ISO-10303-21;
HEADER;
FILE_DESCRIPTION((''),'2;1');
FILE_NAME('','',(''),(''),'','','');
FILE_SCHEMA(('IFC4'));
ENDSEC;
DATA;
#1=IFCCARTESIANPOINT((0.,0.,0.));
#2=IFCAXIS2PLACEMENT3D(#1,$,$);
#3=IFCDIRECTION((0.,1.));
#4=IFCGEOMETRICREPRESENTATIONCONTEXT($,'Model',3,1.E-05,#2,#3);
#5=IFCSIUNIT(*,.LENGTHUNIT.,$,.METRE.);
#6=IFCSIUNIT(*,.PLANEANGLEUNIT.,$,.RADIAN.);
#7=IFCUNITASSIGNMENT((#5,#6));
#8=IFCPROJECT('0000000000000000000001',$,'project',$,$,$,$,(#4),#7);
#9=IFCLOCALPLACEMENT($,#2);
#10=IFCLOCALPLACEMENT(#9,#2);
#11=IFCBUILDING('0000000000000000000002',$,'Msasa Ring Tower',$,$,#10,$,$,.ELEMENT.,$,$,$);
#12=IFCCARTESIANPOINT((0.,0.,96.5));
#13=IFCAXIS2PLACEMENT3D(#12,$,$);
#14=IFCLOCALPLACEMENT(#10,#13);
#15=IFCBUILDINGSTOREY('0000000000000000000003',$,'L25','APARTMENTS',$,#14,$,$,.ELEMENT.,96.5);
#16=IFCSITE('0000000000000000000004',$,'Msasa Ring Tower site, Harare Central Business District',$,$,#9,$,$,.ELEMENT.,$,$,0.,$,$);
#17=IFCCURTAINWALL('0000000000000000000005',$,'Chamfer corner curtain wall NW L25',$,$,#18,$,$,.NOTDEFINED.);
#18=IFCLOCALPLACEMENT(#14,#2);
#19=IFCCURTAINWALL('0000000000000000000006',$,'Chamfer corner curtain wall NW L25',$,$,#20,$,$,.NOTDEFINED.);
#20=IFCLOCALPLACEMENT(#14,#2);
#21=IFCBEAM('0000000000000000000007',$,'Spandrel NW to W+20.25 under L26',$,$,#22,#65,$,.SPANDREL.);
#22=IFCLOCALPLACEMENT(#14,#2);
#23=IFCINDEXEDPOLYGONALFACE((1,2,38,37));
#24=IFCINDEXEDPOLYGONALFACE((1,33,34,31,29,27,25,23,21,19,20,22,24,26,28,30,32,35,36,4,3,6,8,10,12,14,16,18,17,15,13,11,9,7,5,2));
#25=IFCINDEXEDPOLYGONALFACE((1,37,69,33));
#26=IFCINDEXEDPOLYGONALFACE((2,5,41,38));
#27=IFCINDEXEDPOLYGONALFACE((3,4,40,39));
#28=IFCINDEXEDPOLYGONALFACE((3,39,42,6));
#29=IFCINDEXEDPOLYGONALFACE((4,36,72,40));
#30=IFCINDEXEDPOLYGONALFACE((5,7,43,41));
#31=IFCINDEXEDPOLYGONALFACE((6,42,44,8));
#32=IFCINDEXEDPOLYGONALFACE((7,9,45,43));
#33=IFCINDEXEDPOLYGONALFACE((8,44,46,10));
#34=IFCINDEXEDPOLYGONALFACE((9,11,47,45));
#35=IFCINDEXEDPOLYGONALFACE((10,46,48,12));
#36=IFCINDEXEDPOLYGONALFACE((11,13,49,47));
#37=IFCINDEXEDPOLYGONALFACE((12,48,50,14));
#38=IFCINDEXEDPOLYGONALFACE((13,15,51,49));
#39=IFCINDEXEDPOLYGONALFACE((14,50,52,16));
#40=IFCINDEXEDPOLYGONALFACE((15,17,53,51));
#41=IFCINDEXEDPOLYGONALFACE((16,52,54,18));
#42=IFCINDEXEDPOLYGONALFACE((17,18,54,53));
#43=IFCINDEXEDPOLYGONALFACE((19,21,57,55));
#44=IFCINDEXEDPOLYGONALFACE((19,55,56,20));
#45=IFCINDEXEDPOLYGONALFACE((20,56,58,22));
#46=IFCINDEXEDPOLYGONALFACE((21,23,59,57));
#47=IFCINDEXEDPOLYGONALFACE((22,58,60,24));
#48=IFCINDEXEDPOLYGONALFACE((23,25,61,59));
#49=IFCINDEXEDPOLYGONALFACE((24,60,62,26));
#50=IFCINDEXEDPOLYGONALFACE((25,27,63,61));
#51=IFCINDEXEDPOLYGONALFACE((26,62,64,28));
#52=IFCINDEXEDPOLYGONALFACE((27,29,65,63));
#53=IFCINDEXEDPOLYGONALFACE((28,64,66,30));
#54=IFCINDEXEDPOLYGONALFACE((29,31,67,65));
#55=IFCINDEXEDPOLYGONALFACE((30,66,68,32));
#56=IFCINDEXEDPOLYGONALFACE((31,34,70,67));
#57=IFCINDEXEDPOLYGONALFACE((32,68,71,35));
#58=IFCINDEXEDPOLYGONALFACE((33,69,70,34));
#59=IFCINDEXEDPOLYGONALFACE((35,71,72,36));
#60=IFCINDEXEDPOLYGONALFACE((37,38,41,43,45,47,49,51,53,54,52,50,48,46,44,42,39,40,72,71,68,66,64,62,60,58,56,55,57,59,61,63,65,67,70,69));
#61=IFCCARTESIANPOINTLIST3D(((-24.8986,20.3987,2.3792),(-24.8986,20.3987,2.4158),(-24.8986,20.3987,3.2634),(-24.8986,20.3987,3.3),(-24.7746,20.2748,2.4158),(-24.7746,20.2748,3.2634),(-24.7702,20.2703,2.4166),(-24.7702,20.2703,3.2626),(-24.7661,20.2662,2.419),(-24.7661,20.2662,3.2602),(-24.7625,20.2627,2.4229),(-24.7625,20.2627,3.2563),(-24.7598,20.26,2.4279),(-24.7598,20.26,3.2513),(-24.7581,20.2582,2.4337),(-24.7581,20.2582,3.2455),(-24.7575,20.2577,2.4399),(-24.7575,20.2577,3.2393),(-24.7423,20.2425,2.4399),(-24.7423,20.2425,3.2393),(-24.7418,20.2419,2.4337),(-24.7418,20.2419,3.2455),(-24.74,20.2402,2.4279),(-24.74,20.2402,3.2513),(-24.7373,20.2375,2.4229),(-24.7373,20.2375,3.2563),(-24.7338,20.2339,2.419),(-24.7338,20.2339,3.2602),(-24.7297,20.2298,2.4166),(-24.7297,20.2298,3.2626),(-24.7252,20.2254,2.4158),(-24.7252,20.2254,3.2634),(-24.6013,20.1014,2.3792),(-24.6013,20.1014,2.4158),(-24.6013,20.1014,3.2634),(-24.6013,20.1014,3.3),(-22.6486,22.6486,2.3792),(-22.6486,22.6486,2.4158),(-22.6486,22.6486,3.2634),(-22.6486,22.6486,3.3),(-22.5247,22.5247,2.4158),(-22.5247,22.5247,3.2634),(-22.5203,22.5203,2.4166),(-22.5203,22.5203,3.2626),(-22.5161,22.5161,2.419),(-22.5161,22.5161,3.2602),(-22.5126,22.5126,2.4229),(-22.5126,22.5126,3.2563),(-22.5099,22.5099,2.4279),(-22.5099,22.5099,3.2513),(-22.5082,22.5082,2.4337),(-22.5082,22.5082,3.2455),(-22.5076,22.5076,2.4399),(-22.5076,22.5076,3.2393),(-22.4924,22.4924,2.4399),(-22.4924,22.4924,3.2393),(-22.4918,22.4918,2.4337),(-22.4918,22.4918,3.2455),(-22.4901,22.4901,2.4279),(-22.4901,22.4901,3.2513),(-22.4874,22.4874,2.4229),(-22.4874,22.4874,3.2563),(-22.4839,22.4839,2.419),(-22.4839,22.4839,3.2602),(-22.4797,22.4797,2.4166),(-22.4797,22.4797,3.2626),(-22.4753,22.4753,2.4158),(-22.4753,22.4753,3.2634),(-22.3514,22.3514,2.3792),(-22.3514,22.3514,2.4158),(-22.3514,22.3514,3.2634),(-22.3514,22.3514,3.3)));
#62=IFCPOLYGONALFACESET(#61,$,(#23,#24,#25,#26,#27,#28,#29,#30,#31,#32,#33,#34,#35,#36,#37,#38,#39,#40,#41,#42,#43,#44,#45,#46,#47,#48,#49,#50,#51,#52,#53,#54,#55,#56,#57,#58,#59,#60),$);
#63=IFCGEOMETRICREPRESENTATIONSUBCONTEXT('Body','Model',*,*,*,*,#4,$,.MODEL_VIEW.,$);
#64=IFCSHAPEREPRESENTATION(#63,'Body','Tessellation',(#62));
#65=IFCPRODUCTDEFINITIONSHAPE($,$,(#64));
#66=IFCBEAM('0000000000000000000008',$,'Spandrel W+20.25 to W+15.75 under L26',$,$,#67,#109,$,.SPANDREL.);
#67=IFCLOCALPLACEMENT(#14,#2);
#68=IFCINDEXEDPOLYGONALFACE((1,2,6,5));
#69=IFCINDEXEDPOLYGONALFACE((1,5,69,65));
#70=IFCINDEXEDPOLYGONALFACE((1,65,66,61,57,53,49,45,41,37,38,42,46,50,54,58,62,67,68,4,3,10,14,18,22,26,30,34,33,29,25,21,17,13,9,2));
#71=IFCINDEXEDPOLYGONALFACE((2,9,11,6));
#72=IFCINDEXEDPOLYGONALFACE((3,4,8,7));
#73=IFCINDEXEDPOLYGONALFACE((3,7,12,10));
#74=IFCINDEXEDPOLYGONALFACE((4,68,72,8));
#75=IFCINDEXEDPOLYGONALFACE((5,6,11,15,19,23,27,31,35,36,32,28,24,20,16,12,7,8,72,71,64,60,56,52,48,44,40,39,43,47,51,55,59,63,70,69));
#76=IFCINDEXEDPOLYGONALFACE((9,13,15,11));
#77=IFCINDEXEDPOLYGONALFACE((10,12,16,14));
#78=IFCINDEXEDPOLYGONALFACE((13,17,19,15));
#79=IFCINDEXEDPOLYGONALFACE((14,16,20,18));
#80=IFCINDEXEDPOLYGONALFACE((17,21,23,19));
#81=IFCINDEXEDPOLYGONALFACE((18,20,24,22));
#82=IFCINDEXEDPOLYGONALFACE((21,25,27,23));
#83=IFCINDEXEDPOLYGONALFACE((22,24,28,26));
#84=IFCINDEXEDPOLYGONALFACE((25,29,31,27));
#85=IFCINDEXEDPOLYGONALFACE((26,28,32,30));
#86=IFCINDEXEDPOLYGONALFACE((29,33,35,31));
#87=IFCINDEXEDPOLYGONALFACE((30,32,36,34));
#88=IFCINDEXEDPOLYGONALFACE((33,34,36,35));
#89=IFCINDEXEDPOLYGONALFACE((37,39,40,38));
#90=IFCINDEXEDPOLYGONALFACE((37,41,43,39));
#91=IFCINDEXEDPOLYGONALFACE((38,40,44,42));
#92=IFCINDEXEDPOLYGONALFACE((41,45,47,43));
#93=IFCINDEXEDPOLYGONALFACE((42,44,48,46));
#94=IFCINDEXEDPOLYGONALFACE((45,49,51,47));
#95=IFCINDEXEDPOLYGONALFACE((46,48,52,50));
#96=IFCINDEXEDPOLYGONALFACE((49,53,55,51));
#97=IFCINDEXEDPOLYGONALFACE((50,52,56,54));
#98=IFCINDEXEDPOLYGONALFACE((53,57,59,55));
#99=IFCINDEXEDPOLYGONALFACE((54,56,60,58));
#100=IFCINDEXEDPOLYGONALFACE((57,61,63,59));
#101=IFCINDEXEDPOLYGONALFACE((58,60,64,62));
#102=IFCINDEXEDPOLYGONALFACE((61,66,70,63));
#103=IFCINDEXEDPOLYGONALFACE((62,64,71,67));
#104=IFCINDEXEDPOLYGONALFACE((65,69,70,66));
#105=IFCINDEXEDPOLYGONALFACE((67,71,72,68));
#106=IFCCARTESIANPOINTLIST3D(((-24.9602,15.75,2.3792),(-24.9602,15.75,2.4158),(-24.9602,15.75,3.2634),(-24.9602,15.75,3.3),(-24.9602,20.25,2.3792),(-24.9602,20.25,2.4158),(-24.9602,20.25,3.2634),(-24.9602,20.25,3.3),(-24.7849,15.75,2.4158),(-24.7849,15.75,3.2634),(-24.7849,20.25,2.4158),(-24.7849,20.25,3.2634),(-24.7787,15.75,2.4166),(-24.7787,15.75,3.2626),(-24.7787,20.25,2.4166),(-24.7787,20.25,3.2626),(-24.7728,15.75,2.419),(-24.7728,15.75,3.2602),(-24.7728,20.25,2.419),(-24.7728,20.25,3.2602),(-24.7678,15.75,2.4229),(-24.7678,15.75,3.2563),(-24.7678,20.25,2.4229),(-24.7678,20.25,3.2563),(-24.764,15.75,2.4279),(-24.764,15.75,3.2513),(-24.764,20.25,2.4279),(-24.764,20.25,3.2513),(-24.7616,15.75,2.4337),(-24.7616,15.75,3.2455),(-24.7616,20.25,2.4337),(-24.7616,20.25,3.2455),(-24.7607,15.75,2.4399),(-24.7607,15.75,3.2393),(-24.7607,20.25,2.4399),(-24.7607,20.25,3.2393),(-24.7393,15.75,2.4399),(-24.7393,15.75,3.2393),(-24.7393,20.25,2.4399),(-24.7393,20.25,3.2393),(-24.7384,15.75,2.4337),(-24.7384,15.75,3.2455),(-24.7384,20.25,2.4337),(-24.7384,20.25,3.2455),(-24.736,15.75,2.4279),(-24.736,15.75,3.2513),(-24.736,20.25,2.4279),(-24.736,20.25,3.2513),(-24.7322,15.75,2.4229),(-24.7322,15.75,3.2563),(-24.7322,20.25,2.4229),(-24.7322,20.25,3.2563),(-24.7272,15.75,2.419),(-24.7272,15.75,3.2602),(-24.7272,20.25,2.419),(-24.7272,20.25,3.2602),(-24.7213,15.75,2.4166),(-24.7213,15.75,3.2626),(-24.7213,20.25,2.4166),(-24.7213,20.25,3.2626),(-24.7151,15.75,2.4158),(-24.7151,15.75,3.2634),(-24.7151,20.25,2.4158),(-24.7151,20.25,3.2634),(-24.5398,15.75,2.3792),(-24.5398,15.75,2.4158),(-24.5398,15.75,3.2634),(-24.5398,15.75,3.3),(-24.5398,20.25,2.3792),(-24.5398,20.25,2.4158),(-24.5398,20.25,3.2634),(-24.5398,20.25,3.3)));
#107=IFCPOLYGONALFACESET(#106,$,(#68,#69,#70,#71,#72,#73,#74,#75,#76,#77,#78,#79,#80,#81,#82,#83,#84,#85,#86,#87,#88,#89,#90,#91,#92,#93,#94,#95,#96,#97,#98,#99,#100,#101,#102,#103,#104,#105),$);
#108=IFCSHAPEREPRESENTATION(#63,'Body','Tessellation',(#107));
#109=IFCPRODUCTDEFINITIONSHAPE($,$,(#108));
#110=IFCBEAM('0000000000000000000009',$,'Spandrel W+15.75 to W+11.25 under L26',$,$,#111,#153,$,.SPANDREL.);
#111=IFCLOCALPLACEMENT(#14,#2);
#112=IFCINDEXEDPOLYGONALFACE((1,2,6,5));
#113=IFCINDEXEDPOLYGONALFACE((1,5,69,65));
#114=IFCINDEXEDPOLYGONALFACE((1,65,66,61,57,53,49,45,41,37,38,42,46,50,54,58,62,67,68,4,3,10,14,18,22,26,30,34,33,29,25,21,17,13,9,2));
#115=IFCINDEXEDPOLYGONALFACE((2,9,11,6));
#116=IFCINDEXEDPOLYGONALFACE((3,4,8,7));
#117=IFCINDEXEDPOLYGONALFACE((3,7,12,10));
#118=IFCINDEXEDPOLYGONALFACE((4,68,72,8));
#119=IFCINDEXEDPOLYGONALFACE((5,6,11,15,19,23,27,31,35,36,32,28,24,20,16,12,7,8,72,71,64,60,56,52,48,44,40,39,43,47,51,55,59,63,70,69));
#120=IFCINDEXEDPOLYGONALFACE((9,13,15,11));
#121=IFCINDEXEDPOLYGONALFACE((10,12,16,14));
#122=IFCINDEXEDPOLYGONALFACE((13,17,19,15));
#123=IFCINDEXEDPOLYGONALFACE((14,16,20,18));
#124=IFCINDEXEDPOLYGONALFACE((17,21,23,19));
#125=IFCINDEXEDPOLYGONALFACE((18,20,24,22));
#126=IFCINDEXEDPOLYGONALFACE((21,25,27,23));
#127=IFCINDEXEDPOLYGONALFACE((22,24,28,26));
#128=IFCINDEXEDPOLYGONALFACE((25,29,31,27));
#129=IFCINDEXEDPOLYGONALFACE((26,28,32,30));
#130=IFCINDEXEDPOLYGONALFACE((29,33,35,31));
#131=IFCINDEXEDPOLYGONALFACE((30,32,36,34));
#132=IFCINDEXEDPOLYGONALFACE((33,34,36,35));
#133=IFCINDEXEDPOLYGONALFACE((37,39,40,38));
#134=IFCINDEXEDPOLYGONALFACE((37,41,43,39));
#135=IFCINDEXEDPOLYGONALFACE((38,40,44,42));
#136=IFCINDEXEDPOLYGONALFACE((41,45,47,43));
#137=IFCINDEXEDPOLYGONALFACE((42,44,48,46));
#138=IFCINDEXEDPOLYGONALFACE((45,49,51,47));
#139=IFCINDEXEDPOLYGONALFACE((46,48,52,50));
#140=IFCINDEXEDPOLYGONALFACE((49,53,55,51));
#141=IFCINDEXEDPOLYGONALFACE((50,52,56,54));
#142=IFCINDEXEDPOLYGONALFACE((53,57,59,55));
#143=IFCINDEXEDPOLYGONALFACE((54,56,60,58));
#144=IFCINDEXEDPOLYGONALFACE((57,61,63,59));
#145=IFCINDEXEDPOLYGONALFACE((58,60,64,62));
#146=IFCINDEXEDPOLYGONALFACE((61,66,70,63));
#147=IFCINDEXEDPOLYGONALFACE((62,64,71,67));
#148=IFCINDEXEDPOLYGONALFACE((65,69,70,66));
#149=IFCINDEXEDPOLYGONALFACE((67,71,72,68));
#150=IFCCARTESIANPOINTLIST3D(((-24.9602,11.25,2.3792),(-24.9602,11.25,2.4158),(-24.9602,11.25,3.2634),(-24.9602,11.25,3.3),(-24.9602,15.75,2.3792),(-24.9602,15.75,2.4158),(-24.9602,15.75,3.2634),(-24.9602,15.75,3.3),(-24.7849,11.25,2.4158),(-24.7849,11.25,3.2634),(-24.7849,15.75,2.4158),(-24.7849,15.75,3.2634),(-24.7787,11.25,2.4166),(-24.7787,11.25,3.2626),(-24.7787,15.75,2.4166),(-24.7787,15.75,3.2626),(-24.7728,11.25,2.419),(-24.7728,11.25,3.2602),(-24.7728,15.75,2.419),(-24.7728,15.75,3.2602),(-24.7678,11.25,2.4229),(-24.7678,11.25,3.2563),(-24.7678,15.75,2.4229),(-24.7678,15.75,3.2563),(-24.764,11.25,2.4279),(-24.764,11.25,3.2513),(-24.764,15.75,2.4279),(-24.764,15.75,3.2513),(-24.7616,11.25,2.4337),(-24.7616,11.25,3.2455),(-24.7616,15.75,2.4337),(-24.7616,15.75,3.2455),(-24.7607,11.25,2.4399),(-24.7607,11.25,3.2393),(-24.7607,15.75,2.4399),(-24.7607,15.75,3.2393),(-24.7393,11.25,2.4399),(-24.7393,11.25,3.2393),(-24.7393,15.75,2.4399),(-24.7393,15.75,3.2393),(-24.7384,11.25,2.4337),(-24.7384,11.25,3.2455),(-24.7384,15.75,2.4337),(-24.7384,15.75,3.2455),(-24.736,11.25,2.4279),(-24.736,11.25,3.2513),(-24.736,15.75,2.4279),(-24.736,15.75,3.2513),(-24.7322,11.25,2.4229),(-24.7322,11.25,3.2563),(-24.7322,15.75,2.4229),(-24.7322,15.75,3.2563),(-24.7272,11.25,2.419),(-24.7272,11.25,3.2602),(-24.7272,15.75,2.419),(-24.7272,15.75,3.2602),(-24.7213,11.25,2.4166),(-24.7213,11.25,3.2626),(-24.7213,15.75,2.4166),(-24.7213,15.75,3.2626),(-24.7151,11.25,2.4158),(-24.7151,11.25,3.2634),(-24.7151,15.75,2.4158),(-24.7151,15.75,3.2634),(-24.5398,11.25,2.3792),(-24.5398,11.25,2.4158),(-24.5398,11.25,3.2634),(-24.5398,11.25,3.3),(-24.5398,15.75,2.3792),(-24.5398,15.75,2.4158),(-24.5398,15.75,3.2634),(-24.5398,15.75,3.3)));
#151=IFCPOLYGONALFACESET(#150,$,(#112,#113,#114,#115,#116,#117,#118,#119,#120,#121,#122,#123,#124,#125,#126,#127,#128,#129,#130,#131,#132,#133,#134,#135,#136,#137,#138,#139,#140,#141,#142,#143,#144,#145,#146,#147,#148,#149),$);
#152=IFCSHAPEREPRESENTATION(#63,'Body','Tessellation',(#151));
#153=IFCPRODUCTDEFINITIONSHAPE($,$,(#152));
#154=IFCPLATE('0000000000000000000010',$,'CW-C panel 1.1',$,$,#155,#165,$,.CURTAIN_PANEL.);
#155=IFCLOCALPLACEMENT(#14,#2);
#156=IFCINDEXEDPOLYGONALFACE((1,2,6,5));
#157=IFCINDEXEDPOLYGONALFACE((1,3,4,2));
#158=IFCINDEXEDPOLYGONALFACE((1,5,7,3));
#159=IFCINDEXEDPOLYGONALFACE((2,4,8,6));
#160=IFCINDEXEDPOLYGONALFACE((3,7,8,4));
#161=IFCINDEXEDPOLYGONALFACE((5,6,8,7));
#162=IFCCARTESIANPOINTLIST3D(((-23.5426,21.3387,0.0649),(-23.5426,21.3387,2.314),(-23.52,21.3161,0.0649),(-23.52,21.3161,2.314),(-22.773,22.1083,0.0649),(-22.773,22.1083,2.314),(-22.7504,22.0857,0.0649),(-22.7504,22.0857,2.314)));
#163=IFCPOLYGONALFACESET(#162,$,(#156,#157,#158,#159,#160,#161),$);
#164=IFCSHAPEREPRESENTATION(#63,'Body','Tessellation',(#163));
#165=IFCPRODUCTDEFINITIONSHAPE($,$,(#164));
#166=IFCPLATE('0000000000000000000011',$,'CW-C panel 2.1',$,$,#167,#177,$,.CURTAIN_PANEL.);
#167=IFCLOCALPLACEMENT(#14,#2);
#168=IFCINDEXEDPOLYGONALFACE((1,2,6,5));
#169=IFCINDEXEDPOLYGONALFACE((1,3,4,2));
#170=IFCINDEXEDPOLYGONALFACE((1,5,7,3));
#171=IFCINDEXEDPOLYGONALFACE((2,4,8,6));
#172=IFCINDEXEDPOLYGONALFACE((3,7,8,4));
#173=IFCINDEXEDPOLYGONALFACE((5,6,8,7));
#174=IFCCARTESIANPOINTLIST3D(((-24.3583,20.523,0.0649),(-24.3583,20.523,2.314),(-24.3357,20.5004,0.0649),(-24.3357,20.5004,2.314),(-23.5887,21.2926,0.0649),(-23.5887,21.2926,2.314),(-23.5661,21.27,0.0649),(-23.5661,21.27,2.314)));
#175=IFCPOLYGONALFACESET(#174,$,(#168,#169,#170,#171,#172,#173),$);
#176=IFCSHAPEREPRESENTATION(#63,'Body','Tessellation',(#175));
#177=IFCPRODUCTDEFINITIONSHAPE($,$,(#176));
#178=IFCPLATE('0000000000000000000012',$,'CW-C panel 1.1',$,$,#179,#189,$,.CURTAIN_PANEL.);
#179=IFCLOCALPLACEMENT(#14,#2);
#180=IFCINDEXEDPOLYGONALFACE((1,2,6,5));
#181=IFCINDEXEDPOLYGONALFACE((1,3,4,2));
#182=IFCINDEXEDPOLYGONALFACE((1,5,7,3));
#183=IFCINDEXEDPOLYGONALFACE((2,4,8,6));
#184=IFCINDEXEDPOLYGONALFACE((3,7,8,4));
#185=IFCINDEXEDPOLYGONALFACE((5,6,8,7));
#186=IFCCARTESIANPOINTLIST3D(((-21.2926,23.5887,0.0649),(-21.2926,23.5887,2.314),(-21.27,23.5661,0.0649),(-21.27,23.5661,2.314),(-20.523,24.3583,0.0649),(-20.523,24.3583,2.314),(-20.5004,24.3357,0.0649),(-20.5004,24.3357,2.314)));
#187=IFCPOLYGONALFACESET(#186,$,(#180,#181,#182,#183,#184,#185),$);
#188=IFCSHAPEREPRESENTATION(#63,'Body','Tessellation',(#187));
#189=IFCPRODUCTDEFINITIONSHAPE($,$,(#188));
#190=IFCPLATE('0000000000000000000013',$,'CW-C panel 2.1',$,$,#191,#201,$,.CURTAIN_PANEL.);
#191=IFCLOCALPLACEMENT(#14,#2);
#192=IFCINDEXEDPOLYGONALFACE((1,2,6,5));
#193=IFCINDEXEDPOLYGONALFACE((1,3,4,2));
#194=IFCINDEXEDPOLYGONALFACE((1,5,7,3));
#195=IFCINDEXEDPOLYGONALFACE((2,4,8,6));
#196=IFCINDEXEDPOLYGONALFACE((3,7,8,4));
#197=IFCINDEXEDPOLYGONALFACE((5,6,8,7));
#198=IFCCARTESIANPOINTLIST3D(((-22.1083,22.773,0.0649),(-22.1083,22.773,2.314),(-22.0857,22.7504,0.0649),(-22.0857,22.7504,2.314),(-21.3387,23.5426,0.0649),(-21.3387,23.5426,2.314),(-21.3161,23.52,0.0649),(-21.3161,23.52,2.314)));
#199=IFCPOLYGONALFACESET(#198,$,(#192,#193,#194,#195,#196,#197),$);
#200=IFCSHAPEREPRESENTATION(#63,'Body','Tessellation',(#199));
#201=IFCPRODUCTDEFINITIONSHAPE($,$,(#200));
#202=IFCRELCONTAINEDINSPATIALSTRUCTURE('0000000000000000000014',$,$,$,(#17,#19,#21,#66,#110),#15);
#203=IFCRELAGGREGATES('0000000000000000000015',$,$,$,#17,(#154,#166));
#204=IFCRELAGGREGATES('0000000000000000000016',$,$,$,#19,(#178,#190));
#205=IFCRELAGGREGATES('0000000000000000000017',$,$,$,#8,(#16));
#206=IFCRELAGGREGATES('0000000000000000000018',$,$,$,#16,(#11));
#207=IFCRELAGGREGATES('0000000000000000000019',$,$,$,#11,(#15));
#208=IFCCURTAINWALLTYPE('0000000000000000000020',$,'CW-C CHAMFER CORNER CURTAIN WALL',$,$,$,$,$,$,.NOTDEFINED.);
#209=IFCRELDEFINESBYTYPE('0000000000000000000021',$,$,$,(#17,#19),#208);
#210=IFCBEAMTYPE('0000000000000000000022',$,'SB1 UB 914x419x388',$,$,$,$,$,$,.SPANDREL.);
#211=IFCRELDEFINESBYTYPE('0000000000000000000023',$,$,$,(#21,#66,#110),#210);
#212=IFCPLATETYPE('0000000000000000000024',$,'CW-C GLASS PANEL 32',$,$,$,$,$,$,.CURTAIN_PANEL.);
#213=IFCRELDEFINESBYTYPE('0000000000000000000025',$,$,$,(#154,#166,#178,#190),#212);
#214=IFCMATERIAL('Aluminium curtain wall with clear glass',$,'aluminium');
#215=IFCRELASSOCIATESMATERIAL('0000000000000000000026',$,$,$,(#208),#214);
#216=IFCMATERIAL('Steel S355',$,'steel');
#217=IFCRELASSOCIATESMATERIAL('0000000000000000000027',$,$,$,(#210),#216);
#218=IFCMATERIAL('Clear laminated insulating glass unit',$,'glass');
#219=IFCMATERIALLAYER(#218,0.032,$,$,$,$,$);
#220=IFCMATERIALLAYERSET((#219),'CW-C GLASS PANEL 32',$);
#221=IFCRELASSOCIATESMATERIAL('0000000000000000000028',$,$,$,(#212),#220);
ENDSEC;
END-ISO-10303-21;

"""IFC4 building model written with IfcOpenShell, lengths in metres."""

from ifc_helpers import new_model, si_unit, direction, frame, origin, origin_2d, place, context, subcontext, project, spatial, rectangle, i_section, extrude, material, layer, layer_set, material_profile, profile_set, type_object, element, aggregate, save


model = new_model("IFC4")

# Units and contexts
model_context = context("Model", 3, precision=1e-05, world=origin(), true_north=direction((0.0, 1.0)))
body_context = subcontext(model_context, "Body", "Model", "MODEL_VIEW")
ifc_project = project(units=[si_unit("LENGTHUNIT", "METRE"), si_unit("PLANEANGLEUNIT", "RADIAN")], contexts=[model_context])

# Site, building, storey
site_placement = place(None, origin())
site = spatial("IfcSite", under=ifc_project, at=site_placement, Name="Msasa Ring Tower site, Harare Central Business District", CompositionType="ELEMENT", RefElevation=0.0)
building_placement = place(site_placement, origin())
building = spatial("IfcBuilding", under=site, at=building_placement, Name="Msasa Ring Tower", CompositionType="ELEMENT")
storey_placement = place(building_placement, frame((0.0, 0.0, 96.5)))
storey = spatial("IfcBuildingStorey", under=building, at=storey_placement, Name="L25", Description="APARTMENTS", CompositionType="ELEMENT", Elevation=96.5)

# Curtain walls
ifc_material_1 = material(Name="Aluminium curtain wall with clear glass", Category="aluminium")
curtain_wall_type = type_object("IfcCurtainWallType", Name="CW-C CHAMFER CORNER CURTAIN WALL", PredefinedType="NOTDEFINED", material=ifc_material_1)
curtain_wall_1_placement = place(storey_placement, origin())
curtain_wall_1 = element("IfcCurtainWall", 1, at=curtain_wall_1_placement, inside=storey, type_object=curtain_wall_type, Name="Chamfer corner curtain wall NW L25", PredefinedType="NOTDEFINED")
curtain_wall_2_placement = place(storey_placement, origin())
curtain_wall_2 = element("IfcCurtainWall", 2, at=curtain_wall_2_placement, inside=storey, type_object=curtain_wall_type, Name="Chamfer corner curtain wall NW L25", PredefinedType="NOTDEFINED")

# Beams
ifc_material_2 = material(Name="Steel S355", Category="steel")
ifc_material_profile_1 = material_profile(ifc_material_2, i_section(OverallWidth=0.4204, OverallDepth=0.9209, WebThickness=0.0215, FlangeThickness=0.0366, FilletRadius=0.0242, at=origin_2d()), Name="UB 914x419x388")
ifc_profile_set_1 = profile_set([ifc_material_profile_1], Name="Steel S355")
beam_type_1 = type_object("IfcBeamType", Name="SB1 UB 914x419x388", PredefinedType="SPANDREL", material=ifc_profile_set_1)
for number, where, z_axis, x_axis, name in (
    (3, (-22.5, 22.5, 2.8396), (-0.707107, -0.707107, 0.0), (0.707107, -0.707107, 0.0), "Spandrel NW to W+20.25 under L26"),
):
    element("IfcBeam", number, at=place(storey_placement, frame(where, z_axis=z_axis, x_axis=x_axis)), inside=storey, type_object=beam_type_1, Name=name, PredefinedType="SPANDREL", context=body_context, shape_type="SweptSolid", body=[
        extrude(i_section(OverallWidth=0.4204, OverallDepth=0.9209, WebThickness=0.0215, FlangeThickness=0.0366, FilletRadius=0.0242, at=origin_2d()), origin(), (0.0, 0.0, 1.0), 3.1819),
    ])
for number, where, z_axis, x_axis, name in (
    (4, (-24.75, 20.25, 2.8396), (0.0, -1.0, 0.0), (1.0, 0.0, 0.0), "Spandrel W+20.25 to W+15.75 under L26"),
    (5, (-24.75, 15.75, 2.8396), (0.0, -1.0, 0.0), (1.0, 0.0, 0.0), "Spandrel W+15.75 to W+11.25 under L26"),
):
    element("IfcBeam", number, at=place(storey_placement, frame(where, z_axis=z_axis, x_axis=x_axis)), inside=storey, type_object=beam_type_1, Name=name, PredefinedType="SPANDREL", context=body_context, shape_type="SweptSolid", body=[
        extrude(i_section(OverallWidth=0.4204, OverallDepth=0.9209, WebThickness=0.0215, FlangeThickness=0.0366, FilletRadius=0.0242, at=origin_2d()), origin(), (0.0, 0.0, 1.0), 4.5),
    ])

# Plates
ifc_material_3 = material(Name="Clear laminated insulating glass unit", Category="glass")
ifc_layer_1 = layer(ifc_material_3, 0.032)
ifc_layer_set_1 = layer_set([ifc_layer_1], Name="CW-C GLASS PANEL 32")
plate_type = type_object("IfcPlateType", Name="CW-C GLASS PANEL 32", PredefinedType="CURTAIN_PANEL", material=ifc_layer_set_1)
plate_1_placement = place(storey_placement, frame((-23.1465, 21.7122, 0.0649), z_axis=(0.0, 0.0, 1.0), x_axis=(-0.707107, -0.707107, 0.0)))
plate_1 = element("IfcPlate", 6, at=plate_1_placement, type_object=plate_type, Name="CW-C panel 1.1", PredefinedType="CURTAIN_PANEL", context=body_context, shape_type="SweptSolid", body=[
    extrude(rectangle(XDim=1.0884, YDim=0.032, at=origin_2d()), origin(), (0.0, 0.0, 1.0), 2.249),
])
plate_2_placement = place(storey_placement, frame((-23.9622, 20.8965, 0.0649), z_axis=(0.0, 0.0, 1.0), x_axis=(-0.707107, -0.707107, 0.0)))
plate_2 = element("IfcPlate", 7, at=plate_2_placement, type_object=plate_type, Name="CW-C panel 2.1", PredefinedType="CURTAIN_PANEL", context=body_context, shape_type="SweptSolid", body=[
    extrude(rectangle(XDim=1.0884, YDim=0.032, at=origin_2d()), origin(), (0.0, 0.0, 1.0), 2.249),
])
aggregate(curtain_wall_1, [plate_1, plate_2])
plate_3_placement = place(storey_placement, frame((-20.8965, 23.9622, 0.0649), z_axis=(0.0, 0.0, 1.0), x_axis=(-0.707107, -0.707107, 0.0)))
plate_3 = element("IfcPlate", 8, at=plate_3_placement, type_object=plate_type, Name="CW-C panel 1.1", PredefinedType="CURTAIN_PANEL", context=body_context, shape_type="SweptSolid", body=[
    extrude(rectangle(XDim=1.0884, YDim=0.032, at=origin_2d()), origin(), (0.0, 0.0, 1.0), 2.249),
])
plate_4_placement = place(storey_placement, frame((-21.7122, 23.1465, 0.0649), z_axis=(0.0, 0.0, 1.0), x_axis=(-0.707107, -0.707107, 0.0)))
plate_4 = element("IfcPlate", 9, at=plate_4_placement, type_object=plate_type, Name="CW-C panel 2.1", PredefinedType="CURTAIN_PANEL", context=body_context, shape_type="SweptSolid", body=[
    extrude(rectangle(XDim=1.0884, YDim=0.032, at=origin_2d()), origin(), (0.0, 0.0, 1.0), 2.249),
])
aggregate(curtain_wall_2, [plate_3, plate_4])

save(model, "model.ifc")
